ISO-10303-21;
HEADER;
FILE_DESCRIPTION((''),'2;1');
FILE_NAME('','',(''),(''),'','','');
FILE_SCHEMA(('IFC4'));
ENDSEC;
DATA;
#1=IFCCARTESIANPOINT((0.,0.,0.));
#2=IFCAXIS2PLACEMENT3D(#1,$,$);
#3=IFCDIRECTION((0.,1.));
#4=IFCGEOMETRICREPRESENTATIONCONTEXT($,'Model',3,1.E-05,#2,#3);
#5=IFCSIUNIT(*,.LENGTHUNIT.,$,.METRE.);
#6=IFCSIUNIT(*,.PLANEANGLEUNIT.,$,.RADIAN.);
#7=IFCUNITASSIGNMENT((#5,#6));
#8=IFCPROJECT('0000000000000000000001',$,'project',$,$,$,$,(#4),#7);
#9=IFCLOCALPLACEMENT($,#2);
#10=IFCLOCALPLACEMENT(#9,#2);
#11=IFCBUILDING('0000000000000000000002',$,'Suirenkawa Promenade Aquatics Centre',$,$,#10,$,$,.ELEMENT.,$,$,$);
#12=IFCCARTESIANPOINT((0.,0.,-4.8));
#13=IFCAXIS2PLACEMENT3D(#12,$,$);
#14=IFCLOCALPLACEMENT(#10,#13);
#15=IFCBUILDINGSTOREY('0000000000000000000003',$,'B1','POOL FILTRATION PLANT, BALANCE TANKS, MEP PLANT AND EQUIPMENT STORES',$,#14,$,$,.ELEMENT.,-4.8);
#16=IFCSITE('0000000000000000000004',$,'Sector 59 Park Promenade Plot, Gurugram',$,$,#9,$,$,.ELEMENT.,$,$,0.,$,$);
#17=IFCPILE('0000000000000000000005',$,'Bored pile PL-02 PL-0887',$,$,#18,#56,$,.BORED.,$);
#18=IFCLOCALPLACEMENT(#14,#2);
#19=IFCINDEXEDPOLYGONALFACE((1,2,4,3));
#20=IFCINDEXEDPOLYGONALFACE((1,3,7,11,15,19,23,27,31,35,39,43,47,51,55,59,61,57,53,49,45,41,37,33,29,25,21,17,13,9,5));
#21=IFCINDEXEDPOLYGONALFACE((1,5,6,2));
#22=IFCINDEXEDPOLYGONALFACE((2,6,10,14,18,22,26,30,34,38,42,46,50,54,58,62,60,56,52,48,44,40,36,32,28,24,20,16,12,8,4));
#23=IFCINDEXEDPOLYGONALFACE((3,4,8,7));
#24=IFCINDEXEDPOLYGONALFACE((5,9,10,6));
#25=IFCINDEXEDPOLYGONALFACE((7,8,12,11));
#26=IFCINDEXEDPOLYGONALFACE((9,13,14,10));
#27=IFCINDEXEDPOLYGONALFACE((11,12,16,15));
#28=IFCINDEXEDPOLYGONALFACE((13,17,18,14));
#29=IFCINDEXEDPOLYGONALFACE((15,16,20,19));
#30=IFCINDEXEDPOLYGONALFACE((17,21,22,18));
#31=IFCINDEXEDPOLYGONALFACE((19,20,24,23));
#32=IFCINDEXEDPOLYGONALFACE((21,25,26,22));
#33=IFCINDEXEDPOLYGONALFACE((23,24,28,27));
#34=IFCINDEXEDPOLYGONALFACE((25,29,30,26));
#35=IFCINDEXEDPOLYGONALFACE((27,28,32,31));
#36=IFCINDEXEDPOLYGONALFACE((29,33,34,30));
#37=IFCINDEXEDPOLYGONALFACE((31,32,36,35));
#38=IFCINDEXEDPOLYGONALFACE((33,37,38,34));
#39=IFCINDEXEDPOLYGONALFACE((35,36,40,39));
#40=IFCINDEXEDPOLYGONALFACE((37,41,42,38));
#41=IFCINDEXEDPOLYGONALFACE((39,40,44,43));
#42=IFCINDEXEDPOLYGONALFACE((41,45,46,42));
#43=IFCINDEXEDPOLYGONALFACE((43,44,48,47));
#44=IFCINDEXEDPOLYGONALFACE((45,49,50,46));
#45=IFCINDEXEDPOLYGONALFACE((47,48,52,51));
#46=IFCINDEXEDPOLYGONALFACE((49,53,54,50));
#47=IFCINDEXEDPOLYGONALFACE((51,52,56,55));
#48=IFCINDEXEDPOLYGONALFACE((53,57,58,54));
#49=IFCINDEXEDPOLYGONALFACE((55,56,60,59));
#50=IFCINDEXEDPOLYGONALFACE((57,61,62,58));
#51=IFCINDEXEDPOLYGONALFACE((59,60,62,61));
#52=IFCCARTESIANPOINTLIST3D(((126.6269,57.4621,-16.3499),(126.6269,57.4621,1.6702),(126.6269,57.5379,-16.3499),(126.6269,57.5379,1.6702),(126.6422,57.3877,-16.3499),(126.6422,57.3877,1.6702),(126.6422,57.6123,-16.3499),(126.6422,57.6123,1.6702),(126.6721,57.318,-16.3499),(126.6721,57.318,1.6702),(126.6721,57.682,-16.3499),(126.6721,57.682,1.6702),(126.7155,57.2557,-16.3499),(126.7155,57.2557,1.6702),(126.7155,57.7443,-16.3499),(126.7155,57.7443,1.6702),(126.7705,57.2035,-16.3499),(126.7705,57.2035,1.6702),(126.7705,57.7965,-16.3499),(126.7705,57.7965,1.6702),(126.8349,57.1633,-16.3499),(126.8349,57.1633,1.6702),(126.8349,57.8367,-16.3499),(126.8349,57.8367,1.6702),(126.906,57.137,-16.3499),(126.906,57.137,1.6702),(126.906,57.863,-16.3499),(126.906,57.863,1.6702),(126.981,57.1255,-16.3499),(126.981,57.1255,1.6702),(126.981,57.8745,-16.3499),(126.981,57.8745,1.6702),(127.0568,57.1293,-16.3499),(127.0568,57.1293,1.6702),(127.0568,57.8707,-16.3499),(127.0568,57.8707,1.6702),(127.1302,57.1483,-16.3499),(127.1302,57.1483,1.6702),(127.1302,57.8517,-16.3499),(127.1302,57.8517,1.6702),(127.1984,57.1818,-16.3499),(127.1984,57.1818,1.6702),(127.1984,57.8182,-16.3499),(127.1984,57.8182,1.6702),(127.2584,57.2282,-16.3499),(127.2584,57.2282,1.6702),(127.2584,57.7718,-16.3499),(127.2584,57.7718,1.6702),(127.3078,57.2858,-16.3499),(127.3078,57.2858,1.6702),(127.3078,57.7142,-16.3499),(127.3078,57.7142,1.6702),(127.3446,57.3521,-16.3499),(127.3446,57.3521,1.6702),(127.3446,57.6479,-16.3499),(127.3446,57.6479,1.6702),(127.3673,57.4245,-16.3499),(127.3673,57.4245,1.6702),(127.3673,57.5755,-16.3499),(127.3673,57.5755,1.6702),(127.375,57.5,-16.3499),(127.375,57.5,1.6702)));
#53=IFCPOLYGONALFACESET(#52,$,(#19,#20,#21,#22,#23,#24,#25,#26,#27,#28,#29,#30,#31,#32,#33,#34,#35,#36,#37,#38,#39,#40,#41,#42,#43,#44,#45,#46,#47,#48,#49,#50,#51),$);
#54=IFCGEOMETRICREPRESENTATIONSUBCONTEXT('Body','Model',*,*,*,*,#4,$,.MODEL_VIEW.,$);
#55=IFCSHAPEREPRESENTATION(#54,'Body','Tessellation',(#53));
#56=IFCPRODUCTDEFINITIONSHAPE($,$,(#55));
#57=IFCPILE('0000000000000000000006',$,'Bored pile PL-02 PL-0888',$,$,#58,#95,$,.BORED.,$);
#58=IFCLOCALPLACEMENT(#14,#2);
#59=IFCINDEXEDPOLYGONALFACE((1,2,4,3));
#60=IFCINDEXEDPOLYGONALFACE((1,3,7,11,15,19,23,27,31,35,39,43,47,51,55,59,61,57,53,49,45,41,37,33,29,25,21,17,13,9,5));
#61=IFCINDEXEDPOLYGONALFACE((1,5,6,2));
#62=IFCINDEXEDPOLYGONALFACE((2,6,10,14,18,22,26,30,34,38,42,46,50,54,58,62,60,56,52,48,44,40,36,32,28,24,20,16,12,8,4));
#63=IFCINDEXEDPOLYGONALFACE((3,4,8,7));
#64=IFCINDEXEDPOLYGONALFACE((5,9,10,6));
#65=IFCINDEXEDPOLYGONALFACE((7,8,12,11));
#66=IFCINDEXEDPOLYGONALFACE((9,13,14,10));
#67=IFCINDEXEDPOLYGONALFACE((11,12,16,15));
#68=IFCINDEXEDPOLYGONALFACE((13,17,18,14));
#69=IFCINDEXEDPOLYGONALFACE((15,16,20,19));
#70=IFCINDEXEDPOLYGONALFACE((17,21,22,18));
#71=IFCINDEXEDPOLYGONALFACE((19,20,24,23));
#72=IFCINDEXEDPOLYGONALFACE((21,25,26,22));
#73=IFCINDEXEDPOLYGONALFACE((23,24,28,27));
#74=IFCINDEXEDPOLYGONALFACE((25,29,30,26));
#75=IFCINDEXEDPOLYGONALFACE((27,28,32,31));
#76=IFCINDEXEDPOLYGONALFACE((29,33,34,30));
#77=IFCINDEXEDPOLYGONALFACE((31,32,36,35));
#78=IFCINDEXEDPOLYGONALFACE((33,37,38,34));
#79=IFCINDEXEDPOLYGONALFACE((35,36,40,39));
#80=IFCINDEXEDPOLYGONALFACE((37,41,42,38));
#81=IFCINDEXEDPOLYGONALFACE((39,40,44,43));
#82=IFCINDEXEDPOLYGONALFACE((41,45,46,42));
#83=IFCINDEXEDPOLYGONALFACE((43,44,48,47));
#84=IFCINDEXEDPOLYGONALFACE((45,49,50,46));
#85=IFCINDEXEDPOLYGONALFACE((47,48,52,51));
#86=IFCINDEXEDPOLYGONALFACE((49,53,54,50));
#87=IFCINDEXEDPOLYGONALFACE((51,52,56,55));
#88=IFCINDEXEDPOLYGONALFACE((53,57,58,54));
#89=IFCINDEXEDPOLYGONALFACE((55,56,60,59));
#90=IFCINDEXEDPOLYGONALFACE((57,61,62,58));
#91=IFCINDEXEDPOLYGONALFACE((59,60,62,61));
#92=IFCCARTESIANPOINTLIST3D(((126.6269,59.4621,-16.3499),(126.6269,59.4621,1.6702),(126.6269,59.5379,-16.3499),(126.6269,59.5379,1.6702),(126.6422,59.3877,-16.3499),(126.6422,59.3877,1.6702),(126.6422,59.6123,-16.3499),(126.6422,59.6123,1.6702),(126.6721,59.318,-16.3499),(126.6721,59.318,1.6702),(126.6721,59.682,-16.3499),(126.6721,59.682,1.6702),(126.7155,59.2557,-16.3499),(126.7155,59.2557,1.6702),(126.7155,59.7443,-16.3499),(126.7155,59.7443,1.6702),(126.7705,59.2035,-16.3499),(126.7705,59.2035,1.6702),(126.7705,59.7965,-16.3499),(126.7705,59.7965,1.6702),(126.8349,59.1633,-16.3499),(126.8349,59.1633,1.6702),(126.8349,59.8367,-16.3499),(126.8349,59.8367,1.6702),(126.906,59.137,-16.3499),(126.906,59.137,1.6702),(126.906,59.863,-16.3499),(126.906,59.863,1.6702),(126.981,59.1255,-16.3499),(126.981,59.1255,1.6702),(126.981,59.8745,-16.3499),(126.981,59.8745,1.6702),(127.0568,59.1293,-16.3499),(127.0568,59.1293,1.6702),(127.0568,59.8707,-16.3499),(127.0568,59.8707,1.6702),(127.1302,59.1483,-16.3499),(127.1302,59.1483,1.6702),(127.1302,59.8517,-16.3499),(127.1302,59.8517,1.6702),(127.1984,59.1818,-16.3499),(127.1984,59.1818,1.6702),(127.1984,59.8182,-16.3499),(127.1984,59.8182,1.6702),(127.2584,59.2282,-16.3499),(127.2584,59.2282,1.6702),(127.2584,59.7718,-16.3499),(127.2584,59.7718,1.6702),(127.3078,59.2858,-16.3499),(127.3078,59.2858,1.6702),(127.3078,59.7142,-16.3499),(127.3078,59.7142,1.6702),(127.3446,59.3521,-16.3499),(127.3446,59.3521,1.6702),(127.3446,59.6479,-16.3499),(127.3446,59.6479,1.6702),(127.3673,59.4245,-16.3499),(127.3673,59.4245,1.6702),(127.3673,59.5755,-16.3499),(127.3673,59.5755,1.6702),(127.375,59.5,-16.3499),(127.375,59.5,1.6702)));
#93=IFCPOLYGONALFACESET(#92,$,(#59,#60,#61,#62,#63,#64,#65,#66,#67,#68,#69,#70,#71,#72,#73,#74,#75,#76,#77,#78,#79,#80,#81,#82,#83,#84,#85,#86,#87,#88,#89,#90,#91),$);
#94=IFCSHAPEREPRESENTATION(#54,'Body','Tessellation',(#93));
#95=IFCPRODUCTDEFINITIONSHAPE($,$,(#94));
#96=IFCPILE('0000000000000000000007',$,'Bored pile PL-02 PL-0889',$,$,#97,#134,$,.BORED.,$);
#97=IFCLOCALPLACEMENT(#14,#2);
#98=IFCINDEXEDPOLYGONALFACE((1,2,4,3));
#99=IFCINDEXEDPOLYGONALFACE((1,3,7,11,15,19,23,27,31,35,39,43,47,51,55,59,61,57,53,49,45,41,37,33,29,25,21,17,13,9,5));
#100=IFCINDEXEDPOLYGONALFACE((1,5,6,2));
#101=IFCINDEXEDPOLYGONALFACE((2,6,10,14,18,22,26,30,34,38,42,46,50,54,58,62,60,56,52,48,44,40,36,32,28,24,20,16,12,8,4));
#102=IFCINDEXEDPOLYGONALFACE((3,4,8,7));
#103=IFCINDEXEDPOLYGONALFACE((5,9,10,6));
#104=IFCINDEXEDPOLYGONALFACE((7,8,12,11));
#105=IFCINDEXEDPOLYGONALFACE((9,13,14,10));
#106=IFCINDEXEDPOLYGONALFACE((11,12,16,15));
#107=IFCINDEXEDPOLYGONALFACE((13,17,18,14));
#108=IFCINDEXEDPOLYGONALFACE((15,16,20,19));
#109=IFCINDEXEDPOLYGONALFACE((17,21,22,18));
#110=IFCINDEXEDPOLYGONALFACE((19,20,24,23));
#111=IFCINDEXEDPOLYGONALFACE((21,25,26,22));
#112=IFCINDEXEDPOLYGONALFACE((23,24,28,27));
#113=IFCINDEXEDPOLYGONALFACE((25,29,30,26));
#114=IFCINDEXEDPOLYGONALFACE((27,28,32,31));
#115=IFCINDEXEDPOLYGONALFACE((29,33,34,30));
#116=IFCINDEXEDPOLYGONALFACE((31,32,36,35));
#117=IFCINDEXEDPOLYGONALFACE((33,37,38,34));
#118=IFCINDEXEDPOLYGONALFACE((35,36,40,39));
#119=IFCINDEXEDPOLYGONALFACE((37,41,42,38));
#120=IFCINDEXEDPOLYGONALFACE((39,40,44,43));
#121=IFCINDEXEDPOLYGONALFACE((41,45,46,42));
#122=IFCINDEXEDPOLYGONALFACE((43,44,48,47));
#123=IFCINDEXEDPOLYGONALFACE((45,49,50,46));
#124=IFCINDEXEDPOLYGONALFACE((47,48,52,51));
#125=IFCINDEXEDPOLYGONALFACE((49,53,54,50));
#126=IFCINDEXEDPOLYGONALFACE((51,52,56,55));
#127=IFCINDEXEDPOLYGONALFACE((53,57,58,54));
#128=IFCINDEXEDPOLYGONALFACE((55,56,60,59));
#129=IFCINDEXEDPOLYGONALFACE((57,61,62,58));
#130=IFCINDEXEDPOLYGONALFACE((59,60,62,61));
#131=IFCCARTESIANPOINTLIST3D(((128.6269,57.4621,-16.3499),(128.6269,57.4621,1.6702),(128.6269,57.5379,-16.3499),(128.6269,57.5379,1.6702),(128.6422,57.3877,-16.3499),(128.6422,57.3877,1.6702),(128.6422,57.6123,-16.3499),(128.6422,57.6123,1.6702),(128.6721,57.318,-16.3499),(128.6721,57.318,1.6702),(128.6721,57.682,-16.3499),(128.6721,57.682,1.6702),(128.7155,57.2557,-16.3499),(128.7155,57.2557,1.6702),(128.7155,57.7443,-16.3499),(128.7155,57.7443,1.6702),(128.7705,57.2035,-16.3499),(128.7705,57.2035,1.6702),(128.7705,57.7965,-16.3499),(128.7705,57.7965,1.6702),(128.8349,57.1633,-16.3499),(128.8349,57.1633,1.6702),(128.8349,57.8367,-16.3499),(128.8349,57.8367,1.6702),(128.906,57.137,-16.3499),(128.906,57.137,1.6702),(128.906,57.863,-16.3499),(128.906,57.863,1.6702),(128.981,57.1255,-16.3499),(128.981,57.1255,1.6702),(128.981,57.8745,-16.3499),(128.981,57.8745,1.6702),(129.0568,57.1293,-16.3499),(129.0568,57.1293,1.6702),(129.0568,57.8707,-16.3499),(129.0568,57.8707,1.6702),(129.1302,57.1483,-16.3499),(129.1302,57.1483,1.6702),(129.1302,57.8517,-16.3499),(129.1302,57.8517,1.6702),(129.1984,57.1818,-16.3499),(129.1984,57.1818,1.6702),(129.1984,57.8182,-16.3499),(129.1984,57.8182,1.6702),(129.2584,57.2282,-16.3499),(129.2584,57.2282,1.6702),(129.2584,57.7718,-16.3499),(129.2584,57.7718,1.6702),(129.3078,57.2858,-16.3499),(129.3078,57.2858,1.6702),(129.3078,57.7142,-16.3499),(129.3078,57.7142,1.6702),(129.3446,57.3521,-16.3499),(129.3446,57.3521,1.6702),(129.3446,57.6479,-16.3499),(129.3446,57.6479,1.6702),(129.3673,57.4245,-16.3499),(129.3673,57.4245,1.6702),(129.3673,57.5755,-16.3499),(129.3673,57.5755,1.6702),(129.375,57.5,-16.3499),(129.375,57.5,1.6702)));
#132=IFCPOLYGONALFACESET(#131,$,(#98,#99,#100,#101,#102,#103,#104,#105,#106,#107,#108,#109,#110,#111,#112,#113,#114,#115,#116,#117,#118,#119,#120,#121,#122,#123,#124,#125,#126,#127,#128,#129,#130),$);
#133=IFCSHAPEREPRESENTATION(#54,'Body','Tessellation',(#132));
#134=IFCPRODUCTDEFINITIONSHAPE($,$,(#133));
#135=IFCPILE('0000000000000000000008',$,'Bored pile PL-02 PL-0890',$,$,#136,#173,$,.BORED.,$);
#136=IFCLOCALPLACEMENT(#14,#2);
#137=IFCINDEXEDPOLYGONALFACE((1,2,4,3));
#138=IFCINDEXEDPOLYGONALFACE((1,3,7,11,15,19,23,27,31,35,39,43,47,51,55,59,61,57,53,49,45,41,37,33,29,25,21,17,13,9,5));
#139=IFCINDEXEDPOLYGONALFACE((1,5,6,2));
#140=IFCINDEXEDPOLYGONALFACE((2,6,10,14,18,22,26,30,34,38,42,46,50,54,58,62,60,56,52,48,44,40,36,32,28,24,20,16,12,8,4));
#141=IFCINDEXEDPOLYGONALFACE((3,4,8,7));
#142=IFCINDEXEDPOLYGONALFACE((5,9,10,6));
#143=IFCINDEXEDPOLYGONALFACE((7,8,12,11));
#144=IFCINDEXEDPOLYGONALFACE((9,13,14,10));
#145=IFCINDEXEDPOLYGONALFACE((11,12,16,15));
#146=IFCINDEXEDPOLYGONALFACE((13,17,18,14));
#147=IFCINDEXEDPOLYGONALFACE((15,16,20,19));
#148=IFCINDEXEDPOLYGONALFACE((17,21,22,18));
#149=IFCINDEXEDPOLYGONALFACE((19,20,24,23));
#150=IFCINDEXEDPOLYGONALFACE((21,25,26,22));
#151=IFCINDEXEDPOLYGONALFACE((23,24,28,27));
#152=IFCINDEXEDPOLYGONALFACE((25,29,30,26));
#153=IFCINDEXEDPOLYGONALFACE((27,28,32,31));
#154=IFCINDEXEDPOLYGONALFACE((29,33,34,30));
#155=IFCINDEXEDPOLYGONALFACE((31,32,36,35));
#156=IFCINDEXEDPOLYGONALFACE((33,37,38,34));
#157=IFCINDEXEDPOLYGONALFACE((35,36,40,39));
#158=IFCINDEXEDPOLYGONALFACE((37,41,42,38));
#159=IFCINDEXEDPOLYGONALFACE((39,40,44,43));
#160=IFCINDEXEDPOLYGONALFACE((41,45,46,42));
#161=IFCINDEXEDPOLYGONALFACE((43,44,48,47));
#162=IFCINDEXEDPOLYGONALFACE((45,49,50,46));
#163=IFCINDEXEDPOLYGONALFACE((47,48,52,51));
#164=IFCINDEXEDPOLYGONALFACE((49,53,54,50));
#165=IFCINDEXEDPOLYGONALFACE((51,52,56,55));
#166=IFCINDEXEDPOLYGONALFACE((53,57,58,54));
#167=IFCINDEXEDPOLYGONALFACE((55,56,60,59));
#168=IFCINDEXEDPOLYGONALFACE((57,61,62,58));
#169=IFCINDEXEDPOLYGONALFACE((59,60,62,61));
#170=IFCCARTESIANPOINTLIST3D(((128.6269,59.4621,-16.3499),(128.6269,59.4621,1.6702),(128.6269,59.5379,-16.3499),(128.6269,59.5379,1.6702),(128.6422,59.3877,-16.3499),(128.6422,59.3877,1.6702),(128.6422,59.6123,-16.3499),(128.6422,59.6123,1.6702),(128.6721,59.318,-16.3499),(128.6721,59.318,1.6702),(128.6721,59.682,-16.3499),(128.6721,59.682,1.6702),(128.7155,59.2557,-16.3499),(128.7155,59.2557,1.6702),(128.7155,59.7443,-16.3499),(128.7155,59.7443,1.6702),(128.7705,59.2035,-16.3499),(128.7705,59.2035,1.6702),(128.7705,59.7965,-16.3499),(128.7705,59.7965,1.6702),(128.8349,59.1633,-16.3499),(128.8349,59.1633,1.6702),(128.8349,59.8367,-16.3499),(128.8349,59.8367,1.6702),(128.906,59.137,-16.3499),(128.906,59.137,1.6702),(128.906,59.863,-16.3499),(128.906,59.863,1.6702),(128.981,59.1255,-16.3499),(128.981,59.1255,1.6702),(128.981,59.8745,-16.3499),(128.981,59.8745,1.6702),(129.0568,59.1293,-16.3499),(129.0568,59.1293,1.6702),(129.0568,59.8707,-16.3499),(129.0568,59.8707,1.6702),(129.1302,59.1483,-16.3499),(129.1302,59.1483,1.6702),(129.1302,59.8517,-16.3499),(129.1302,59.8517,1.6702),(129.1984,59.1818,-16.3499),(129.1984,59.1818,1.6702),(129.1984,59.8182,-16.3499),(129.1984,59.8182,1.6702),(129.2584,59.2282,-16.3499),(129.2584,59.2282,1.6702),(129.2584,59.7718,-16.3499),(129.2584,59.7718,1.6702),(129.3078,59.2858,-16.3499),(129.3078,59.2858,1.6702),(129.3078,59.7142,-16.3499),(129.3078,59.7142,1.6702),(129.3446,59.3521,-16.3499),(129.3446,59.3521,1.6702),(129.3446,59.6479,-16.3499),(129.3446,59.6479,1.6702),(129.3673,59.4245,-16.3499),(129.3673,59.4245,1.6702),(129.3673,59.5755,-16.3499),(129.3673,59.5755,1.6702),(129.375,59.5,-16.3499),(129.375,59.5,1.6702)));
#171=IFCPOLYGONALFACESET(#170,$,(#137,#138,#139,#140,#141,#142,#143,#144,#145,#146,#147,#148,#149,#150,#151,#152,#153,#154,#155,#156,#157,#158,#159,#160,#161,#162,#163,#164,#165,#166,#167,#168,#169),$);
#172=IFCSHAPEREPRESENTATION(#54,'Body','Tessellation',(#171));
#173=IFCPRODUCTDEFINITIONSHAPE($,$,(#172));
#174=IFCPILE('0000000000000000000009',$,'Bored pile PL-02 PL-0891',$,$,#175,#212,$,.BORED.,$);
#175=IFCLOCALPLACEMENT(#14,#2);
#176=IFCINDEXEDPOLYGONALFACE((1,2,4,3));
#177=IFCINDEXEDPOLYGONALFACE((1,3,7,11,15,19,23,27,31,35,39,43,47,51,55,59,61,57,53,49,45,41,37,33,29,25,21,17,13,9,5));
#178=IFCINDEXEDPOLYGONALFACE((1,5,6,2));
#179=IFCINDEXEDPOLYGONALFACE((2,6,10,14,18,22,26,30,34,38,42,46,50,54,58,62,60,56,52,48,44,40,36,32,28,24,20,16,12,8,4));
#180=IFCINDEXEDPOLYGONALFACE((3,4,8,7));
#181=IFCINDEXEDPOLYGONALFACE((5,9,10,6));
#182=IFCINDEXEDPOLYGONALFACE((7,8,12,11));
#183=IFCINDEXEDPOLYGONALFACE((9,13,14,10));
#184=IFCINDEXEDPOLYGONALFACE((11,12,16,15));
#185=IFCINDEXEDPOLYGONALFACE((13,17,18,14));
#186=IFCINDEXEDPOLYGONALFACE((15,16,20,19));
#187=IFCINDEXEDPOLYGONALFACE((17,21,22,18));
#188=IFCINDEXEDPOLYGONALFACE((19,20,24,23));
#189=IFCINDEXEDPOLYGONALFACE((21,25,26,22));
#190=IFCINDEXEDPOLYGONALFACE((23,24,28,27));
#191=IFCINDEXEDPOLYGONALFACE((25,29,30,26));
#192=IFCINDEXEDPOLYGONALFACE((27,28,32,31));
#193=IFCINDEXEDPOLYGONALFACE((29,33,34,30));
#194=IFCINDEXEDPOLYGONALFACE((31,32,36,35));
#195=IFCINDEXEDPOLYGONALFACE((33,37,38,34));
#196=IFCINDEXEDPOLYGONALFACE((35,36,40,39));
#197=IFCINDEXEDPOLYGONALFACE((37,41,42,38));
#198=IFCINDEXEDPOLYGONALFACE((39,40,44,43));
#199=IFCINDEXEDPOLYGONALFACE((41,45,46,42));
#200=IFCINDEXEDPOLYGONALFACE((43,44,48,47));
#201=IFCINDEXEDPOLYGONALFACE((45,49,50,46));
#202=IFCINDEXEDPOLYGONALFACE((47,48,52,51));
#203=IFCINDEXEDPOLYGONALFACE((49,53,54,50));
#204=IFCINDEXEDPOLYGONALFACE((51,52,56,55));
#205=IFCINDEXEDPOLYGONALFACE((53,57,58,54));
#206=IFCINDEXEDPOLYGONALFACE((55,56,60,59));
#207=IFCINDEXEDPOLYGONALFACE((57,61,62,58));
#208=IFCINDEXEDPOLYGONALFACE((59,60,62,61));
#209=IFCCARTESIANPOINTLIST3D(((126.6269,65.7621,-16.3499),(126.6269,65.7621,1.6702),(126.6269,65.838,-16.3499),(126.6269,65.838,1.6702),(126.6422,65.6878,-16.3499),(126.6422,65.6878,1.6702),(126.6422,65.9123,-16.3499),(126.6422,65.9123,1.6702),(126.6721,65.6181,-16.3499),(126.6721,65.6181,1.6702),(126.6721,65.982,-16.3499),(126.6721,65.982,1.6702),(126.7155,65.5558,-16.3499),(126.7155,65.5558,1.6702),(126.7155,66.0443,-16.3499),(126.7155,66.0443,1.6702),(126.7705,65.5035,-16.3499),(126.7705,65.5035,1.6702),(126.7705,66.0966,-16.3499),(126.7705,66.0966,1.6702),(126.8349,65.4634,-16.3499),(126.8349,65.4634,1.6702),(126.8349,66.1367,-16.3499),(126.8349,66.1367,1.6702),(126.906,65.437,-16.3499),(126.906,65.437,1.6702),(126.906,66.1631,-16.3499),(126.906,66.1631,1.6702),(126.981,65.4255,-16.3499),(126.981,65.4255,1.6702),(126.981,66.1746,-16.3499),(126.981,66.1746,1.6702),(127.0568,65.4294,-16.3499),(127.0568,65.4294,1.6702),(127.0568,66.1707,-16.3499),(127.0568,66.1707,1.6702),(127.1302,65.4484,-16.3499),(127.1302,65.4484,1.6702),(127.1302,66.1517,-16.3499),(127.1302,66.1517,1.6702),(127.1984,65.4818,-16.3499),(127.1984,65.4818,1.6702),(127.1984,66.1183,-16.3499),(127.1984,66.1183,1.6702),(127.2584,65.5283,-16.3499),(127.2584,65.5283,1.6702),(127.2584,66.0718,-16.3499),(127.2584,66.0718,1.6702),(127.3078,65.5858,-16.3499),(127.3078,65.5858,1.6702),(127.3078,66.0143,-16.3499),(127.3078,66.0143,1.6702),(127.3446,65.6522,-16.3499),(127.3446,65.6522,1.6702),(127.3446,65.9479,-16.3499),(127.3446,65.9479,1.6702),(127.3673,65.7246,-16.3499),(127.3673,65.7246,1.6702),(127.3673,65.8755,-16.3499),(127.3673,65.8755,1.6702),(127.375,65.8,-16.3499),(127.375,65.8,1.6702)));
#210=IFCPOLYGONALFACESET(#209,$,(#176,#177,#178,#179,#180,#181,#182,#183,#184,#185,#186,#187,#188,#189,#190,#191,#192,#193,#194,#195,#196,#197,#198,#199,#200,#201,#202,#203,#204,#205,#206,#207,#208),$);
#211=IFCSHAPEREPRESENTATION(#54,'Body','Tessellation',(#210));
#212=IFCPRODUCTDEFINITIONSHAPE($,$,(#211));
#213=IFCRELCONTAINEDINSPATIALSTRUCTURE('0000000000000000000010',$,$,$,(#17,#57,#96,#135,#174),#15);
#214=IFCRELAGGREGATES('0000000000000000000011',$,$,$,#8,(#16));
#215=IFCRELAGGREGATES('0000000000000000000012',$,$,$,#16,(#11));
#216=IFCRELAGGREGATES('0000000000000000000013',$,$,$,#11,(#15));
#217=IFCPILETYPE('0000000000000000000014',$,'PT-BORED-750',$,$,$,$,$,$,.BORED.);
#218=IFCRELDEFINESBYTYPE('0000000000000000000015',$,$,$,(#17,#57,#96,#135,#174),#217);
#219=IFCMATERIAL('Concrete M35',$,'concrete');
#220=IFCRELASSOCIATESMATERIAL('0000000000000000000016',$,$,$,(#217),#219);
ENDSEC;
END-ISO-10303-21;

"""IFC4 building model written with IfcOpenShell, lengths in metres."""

from ifc_helpers import new_model, si_unit, direction, frame, origin, origin_2d, place, context, subcontext, project, spatial, circle, extrude, material, material_profile, profile_set, type_object, element, save


model = new_model("IFC4")

# Units and contexts
model_context = context("Model", 3, precision=1e-05, world=origin(), true_north=direction((0.0, 1.0)))
body_context = subcontext(model_context, "Body", "Model", "MODEL_VIEW")
ifc_project = project(units=[si_unit("LENGTHUNIT", "METRE"), si_unit("PLANEANGLEUNIT", "RADIAN")], contexts=[model_context])

# Site, building, storey
site_placement = place(None, origin())
site = spatial("IfcSite", under=ifc_project, at=site_placement, Name="Sector 59 Park Promenade Plot, Gurugram", CompositionType="ELEMENT", RefElevation=0.0)
building_placement = place(site_placement, origin())
building = spatial("IfcBuilding", under=site, at=building_placement, Name="Suirenkawa Promenade Aquatics Centre", CompositionType="ELEMENT")
storey_placement = place(building_placement, frame((0.0, 0.0, -4.8)))
storey = spatial("IfcBuildingStorey", under=building, at=storey_placement, Name="B1", Description="POOL FILTRATION PLANT, BALANCE TANKS, MEP PLANT AND EQUIPMENT STORES", CompositionType="ELEMENT", Elevation=-4.8)

# Shared definitions
ifc_material_1 = material(Name="Concrete M35", Category="concrete")

# Piles
ifc_material_profile_1 = material_profile(ifc_material_1, circle(Radius=0.375, at=origin_2d()), Name="PILE D750", Category="concrete")
ifc_profile_set_1 = profile_set([ifc_material_profile_1], Name="Concrete M35")
pile_type_1 = type_object("IfcPileType", Name="PT-BORED-750", PredefinedType="BORED", material=ifc_profile_set_1)
for number, where, z_axis, x_axis, name in (
    (1, (127.0, 57.5, 1.6702), (0.0, 0.0, -1.0), (1.0, 0.0, 0.0), "Bored pile PL-02 PL-0887"),
    (2, (127.0, 59.5, 1.6702), (0.0, 0.0, -1.0), (1.0, 0.0, 0.0), "Bored pile PL-02 PL-0888"),
    (3, (129.0, 57.5, 1.6702), (0.0, 0.0, -1.0), (1.0, 0.0, 0.0), "Bored pile PL-02 PL-0889"),
    (4, (129.0, 59.5, 1.6702), (0.0, 0.0, -1.0), (1.0, 0.0, 0.0), "Bored pile PL-02 PL-0890"),
    (5, (127.0, 65.8, 1.6702), (0.0, 0.0, -1.0), (1.0, 0.0, 0.0), "Bored pile PL-02 PL-0891"),
):
    element("IfcPile", number, at=place(storey_placement, frame(where, z_axis=z_axis, x_axis=x_axis)), inside=storey, type_object=pile_type_1, Name=name, PredefinedType="BORED", context=body_context, shape_type="SweptSolid", body=[
        extrude(circle(Radius=0.375, at=origin_2d()), origin(), (0.0, 0.0, 1.0), 18.02),
    ])

save(model, "model.ifc")
